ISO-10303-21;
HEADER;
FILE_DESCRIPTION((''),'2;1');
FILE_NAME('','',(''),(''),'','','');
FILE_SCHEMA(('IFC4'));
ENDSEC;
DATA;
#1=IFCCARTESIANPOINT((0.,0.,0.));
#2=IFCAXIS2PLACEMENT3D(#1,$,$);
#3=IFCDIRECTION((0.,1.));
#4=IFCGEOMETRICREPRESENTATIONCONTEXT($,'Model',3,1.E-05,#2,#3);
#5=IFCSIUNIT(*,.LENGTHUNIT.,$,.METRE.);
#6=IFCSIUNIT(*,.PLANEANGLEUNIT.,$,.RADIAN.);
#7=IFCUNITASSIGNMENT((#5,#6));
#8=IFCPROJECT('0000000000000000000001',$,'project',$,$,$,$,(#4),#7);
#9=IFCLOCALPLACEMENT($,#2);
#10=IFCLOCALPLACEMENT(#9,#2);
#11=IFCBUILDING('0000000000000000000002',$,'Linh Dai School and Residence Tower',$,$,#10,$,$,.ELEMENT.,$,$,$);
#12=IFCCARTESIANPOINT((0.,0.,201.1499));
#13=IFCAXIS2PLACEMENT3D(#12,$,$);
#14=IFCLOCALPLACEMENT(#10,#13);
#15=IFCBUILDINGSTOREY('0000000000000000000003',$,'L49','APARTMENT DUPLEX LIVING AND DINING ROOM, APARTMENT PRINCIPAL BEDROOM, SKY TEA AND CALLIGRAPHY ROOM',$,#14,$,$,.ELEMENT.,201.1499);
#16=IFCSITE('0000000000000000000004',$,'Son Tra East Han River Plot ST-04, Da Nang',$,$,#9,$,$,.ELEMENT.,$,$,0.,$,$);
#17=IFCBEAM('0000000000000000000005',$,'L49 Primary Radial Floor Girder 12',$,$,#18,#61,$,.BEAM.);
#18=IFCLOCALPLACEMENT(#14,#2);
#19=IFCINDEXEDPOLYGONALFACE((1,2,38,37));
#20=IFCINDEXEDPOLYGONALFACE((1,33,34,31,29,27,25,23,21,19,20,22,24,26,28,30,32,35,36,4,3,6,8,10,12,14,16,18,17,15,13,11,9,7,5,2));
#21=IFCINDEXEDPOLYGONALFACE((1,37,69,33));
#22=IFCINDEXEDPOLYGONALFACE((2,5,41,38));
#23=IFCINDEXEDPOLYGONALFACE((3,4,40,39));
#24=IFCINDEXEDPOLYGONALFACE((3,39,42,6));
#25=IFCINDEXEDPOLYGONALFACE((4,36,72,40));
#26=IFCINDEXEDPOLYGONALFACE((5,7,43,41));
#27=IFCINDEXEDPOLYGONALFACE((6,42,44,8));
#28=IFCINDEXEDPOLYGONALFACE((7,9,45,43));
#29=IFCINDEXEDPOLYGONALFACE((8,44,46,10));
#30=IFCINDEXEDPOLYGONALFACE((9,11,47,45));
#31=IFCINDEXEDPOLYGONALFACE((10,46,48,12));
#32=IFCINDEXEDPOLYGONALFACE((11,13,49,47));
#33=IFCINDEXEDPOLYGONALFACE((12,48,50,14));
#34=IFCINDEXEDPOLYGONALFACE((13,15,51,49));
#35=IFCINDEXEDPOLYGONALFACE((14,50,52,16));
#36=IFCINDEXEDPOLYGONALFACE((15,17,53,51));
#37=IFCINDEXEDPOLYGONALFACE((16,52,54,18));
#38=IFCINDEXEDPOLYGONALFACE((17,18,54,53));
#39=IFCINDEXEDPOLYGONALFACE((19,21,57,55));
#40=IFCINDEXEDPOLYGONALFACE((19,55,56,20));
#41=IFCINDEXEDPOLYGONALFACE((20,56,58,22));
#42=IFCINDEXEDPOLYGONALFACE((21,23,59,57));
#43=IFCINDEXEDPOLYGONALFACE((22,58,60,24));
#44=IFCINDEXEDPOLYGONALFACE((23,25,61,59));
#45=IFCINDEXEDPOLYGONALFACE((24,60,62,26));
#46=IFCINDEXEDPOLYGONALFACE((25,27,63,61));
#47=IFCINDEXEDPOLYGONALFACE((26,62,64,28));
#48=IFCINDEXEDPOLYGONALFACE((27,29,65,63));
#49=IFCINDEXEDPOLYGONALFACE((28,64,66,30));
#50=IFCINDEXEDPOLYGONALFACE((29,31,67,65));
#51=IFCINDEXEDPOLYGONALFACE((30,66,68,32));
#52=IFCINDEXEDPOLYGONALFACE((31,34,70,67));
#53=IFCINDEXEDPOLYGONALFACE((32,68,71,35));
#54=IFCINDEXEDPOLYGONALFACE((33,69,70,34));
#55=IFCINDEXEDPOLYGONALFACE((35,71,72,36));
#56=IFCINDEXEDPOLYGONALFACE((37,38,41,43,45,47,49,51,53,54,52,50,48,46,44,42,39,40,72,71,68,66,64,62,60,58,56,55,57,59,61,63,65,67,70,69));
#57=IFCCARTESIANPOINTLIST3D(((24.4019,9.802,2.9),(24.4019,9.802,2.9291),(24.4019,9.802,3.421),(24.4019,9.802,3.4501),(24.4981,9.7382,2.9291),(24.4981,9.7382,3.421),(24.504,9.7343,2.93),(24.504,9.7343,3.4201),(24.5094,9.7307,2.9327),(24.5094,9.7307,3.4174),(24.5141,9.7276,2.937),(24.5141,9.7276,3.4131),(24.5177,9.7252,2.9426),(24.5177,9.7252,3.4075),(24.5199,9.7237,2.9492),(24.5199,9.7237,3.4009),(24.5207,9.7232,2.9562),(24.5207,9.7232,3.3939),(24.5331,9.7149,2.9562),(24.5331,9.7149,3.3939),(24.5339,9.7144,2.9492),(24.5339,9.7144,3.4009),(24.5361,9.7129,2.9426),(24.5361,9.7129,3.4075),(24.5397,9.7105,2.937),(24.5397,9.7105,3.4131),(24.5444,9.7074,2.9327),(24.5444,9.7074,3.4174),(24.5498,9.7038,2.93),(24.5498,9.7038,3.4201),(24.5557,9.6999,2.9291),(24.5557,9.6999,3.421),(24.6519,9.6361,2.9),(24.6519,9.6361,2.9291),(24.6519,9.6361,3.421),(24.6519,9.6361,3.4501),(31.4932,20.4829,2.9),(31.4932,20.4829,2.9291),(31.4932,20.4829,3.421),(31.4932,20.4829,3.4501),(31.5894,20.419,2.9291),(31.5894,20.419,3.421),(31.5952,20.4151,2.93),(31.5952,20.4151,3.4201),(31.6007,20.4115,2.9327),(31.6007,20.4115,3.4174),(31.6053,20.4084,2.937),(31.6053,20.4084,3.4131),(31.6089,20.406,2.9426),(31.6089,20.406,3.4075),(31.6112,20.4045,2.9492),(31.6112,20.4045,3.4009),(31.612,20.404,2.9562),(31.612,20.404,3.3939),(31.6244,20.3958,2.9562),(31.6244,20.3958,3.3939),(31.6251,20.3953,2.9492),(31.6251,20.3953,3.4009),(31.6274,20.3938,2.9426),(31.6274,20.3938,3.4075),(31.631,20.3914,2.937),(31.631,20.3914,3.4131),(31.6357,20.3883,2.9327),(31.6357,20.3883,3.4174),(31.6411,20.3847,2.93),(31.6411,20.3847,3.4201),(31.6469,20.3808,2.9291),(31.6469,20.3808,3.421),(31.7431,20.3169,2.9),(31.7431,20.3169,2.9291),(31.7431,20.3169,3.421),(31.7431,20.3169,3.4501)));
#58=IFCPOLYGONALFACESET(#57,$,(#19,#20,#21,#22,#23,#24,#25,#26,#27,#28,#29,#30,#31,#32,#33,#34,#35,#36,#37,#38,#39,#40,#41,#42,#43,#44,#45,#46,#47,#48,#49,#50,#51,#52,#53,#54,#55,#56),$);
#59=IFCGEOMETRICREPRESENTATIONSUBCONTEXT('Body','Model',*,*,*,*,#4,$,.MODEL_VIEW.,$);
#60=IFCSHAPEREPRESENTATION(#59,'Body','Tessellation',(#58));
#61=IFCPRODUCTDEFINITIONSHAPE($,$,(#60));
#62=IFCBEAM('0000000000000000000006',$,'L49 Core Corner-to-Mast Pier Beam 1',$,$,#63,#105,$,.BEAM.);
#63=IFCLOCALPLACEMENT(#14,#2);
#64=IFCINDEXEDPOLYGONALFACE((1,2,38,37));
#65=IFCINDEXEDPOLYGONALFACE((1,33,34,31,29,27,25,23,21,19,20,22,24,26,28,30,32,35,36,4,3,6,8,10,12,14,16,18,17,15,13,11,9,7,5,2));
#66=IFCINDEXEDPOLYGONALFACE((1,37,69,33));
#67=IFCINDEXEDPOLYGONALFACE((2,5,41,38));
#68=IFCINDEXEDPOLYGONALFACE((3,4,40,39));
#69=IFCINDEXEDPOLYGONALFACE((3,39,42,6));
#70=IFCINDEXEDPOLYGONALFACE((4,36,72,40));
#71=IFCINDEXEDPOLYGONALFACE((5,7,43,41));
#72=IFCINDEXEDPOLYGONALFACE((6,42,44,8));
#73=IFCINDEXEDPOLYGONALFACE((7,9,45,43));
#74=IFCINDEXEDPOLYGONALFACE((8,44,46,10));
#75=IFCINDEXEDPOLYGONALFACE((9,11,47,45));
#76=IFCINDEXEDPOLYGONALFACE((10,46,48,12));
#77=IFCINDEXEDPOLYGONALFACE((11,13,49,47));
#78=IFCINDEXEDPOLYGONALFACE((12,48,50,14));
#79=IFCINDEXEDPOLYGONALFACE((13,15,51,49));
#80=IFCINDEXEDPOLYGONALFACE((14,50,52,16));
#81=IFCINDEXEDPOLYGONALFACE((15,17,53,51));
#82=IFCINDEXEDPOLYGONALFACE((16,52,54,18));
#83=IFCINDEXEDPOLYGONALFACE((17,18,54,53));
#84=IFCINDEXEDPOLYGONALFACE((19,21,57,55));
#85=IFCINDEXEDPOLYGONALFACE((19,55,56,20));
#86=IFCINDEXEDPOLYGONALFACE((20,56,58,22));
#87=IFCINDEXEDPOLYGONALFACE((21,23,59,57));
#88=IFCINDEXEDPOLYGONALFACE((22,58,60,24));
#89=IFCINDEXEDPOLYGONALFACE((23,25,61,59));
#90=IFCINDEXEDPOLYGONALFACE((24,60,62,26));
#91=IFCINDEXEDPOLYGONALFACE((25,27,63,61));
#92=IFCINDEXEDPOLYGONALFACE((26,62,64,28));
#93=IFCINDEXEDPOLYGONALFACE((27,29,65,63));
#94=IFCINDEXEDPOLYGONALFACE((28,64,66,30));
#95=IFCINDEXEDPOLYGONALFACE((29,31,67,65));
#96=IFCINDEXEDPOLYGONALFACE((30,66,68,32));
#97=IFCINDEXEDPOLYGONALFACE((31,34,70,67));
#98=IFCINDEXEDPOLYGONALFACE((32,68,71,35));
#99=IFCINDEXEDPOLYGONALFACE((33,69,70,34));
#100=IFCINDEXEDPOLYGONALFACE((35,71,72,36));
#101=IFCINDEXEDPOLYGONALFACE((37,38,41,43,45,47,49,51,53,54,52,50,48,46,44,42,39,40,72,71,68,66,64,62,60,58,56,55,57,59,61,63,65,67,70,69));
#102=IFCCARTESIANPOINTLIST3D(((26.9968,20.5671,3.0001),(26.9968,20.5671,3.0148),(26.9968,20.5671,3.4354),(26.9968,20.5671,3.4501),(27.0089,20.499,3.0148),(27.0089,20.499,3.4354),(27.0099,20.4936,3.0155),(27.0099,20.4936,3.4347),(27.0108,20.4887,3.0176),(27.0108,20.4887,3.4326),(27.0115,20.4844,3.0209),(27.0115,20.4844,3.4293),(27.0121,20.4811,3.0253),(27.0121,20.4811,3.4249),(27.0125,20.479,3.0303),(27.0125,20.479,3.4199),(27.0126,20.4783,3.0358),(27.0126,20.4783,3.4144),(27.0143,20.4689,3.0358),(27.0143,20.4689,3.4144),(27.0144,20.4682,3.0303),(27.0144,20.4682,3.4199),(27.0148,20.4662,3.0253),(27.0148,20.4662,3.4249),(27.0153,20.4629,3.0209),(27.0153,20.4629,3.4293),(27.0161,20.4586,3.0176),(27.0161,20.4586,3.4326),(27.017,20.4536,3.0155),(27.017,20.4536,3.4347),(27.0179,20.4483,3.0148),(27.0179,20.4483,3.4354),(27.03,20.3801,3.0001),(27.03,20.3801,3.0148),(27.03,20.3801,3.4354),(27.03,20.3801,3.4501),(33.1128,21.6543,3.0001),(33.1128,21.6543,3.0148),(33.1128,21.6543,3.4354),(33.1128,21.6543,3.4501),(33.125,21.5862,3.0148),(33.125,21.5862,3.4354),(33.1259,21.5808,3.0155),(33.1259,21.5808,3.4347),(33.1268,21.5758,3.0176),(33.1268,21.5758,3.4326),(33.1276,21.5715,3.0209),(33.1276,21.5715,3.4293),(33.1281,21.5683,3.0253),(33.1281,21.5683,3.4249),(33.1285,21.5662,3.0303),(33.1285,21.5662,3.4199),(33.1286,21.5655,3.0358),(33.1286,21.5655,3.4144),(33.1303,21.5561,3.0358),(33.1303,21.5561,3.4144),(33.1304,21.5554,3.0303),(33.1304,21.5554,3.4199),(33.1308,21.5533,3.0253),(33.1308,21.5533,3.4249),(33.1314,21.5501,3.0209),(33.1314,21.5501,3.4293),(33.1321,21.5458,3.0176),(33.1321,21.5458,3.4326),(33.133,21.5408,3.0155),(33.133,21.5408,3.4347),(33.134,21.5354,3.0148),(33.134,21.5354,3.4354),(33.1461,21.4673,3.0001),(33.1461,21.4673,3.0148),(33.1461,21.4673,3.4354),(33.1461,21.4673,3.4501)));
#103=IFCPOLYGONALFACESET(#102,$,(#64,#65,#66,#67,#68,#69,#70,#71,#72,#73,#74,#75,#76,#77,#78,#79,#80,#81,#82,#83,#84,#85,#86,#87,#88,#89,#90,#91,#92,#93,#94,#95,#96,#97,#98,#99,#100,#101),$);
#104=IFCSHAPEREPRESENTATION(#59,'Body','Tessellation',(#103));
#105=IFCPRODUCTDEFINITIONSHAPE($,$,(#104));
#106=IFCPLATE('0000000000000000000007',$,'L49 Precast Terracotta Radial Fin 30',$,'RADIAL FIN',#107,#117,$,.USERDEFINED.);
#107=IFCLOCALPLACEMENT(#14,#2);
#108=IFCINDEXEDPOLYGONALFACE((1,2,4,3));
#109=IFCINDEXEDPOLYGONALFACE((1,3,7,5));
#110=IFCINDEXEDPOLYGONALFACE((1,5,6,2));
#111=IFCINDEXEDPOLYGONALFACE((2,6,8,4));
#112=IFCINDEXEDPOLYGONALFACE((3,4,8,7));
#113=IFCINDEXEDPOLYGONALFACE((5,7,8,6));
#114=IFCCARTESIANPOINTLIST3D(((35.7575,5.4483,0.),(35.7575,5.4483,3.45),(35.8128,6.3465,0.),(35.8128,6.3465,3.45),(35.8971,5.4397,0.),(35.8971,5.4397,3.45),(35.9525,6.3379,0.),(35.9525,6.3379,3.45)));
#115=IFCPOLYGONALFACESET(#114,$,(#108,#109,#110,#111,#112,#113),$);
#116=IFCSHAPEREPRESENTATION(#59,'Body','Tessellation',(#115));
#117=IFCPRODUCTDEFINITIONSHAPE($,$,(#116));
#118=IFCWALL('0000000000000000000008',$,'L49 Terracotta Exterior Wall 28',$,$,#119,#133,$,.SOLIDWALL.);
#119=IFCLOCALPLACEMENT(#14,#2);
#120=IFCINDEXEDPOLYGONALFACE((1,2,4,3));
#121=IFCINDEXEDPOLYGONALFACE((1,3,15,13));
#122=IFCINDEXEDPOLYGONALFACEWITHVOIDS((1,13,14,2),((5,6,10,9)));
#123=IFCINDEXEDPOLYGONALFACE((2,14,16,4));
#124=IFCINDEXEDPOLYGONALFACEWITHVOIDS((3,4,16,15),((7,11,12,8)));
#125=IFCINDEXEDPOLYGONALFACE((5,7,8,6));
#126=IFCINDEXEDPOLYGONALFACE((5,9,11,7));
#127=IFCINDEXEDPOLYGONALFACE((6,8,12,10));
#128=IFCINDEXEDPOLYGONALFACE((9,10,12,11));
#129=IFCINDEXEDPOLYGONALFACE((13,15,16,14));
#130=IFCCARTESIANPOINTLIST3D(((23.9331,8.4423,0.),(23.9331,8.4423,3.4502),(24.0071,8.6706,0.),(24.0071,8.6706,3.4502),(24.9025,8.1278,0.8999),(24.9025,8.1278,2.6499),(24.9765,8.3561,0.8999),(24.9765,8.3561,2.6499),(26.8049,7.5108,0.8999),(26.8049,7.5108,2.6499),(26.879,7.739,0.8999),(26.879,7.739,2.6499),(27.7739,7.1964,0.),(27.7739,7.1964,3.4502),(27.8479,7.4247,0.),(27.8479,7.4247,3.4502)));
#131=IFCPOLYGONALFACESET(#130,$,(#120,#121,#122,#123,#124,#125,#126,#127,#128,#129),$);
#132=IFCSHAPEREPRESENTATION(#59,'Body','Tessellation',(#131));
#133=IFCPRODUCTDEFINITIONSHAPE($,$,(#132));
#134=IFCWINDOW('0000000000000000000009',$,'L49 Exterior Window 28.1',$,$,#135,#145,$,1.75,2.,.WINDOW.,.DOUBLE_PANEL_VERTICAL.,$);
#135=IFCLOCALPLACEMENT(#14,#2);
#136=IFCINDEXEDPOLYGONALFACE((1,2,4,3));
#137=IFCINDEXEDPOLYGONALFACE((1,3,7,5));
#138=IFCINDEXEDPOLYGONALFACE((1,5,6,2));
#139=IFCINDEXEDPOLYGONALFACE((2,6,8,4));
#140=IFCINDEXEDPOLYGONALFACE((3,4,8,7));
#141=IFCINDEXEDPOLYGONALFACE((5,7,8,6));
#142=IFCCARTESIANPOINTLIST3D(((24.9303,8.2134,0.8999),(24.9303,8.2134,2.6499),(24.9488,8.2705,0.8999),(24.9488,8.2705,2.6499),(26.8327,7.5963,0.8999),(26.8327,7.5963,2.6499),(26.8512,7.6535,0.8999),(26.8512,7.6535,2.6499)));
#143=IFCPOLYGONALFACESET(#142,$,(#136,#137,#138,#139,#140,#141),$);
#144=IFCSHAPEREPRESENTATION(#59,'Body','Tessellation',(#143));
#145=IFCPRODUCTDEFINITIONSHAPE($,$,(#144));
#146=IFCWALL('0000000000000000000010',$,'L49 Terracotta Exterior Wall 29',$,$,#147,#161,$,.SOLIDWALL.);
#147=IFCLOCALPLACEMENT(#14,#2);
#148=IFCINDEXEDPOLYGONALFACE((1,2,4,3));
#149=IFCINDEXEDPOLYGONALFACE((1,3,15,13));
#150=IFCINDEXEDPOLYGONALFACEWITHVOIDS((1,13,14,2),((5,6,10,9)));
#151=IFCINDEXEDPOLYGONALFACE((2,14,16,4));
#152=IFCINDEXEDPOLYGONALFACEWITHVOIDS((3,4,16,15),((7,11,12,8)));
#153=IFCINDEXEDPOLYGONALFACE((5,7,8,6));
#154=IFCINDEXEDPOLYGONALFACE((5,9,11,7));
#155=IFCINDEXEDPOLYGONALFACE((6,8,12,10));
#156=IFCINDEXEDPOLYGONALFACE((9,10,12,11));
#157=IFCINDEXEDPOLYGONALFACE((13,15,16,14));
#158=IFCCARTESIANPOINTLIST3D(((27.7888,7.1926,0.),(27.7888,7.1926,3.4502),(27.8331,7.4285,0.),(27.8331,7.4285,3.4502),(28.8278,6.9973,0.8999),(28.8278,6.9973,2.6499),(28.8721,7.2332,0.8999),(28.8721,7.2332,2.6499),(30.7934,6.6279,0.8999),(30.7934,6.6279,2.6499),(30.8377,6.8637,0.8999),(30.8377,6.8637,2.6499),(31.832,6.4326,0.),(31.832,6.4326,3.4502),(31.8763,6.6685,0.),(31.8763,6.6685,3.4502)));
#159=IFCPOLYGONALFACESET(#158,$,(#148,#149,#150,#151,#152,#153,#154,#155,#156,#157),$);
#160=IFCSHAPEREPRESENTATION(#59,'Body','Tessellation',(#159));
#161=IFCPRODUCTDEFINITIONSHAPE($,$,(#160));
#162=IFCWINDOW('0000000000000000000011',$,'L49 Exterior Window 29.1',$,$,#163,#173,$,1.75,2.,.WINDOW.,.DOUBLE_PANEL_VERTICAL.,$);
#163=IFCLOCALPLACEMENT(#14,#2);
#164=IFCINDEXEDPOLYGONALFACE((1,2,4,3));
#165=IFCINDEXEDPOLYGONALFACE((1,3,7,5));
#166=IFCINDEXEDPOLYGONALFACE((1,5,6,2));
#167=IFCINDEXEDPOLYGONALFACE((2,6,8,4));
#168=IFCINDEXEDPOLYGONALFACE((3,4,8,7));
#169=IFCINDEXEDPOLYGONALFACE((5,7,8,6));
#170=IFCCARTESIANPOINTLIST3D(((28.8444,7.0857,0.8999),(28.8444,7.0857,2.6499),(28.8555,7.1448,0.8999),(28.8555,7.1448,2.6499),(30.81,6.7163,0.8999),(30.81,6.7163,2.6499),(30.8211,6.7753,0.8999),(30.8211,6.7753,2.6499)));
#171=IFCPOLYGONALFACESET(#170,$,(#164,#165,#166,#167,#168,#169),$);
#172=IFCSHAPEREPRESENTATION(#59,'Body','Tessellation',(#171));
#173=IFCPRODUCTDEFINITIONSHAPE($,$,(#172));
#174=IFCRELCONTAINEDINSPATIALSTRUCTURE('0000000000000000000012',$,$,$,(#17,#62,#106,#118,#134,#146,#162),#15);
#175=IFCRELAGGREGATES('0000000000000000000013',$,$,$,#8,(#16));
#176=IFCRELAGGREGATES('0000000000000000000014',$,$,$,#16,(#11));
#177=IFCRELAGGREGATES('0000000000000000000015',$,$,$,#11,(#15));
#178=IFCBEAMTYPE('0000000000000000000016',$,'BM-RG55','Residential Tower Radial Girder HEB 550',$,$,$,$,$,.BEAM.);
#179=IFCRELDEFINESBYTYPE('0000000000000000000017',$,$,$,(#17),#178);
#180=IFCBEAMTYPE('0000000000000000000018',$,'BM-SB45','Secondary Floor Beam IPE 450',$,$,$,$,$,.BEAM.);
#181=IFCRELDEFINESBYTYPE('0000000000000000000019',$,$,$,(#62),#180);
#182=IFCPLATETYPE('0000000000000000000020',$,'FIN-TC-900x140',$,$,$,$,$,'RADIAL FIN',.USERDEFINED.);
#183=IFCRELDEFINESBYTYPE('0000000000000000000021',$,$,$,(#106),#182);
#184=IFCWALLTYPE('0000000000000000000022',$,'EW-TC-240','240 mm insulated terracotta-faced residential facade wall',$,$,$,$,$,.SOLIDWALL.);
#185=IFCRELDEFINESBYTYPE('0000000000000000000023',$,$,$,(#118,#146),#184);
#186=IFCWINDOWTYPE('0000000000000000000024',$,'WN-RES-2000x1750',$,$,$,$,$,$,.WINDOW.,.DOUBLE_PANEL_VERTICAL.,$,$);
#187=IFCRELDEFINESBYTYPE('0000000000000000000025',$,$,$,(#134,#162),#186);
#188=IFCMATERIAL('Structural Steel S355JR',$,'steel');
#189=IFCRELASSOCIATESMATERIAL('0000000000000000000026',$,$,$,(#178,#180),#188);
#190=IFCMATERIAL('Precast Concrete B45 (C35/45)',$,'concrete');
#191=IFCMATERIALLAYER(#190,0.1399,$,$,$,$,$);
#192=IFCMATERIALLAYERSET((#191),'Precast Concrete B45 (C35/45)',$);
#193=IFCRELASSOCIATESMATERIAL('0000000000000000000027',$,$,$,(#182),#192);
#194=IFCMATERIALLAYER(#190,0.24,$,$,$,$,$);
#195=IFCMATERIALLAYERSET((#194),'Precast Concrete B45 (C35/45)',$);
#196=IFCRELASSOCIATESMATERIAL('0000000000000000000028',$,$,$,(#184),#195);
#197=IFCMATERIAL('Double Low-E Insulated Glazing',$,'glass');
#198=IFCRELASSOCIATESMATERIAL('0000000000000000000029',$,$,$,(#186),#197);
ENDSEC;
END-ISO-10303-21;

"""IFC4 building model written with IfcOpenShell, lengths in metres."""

from ifc_helpers import new_model, si_unit, direction, frame, frame_2d, origin, origin_2d, place, context, subcontext, project, spatial, rectangle, i_section, extrude, source, transform, mapped, material, layer, layer_set, material_profile, profile_set, type_object, element, fill, save


model = new_model("IFC4")

# Units and contexts
model_context = context("Model", 3, precision=1e-05, world=origin(), true_north=direction((0.0, 1.0)))
body_context = subcontext(model_context, "Body", "Model", "MODEL_VIEW")
ifc_project = project(units=[si_unit("LENGTHUNIT", "METRE"), si_unit("PLANEANGLEUNIT", "RADIAN")], contexts=[model_context])

# Site, building, storey
site_placement = place(None, origin())
site = spatial("IfcSite", under=ifc_project, at=site_placement, Name="Son Tra East Han River Plot ST-04, Da Nang", CompositionType="ELEMENT", RefElevation=0.0)
building_placement = place(site_placement, origin())
building = spatial("IfcBuilding", under=site, at=building_placement, Name="Linh Dai School and Residence Tower", CompositionType="ELEMENT")
storey_placement = place(building_placement, frame((0.0, 0.0, 201.1499)))
storey = spatial("IfcBuildingStorey", under=building, at=storey_placement, Name="L49", Description="APARTMENT DUPLEX LIVING AND DINING ROOM, APARTMENT PRINCIPAL BEDROOM, SKY TEA AND CALLIGRAPHY ROOM", CompositionType="ELEMENT", Elevation=201.1499)

# Beams
ifc_material_1 = material(Name="Structural Steel S355JR", Category="steel")
ifc_material_profile_1 = material_profile(ifc_material_1, i_section(OverallWidth=0.3, OverallDepth=0.55, WebThickness=0.0149, FlangeThickness=0.0291, FilletRadius=0.0271, at=origin_2d()), Name="HEB 550")
ifc_profile_set_1 = profile_set([ifc_material_profile_1], Name="Structural Steel S355JR")
beam_type_1 = type_object("IfcBeamType", Name="BM-RG55", Description="Residential Tower Radial Girder HEB 550", PredefinedType="BEAM", material=ifc_profile_set_1)
beam_1_placement = place(storey_placement, frame((31.6182, 20.3999, 3.175), z_axis=(-0.553117, -0.833103, 0.0), x_axis=(0.833103, -0.553117, 0.0)))
element("IfcBeam", 1, at=beam_1_placement, inside=storey, type_object=beam_type_1, Name="L49 Primary Radial Floor Girder 12", PredefinedType="BEAM", context=body_context, shape_type="SweptSolid", body=[
    extrude(i_section(OverallWidth=0.3, OverallDepth=0.55, WebThickness=0.0149, FlangeThickness=0.0291, FilletRadius=0.0271, at=origin_2d()), origin(), (0.0, 0.0, 1.0), 12.8206),
])
ifc_material_profile_2 = material_profile(ifc_material_1, i_section(OverallWidth=0.1899, OverallDepth=0.45, WebThickness=0.0095, FlangeThickness=0.0146, FilletRadius=0.021, at=origin_2d()), Name="IPE 450")
ifc_profile_set_2 = profile_set([ifc_material_profile_2], Name="Structural Steel S355JR")
beam_type_2 = type_object("IfcBeamType", Name="BM-SB45", Description="Secondary Floor Beam IPE 450", PredefinedType="BEAM", material=ifc_profile_set_2)
beam_2_placement = place(storey_placement, frame((27.0134, 20.4736, 3.2251), z_axis=(0.984566, 0.175014, 0.0), x_axis=(-0.175014, 0.984566, 0.0)))
element("IfcBeam", 2, at=beam_2_placement, inside=storey, type_object=beam_type_2, Name="L49 Core Corner-to-Mast Pier Beam 1", PredefinedType="BEAM", context=body_context, shape_type="SweptSolid", body=[
    extrude(i_section(OverallWidth=0.1899, OverallDepth=0.45, WebThickness=0.0095, FlangeThickness=0.0146, FilletRadius=0.021, at=origin_2d()), origin(), (0.0, 0.0, 1.0), 6.2119),
])

# Plate
ifc_material_2 = material(Name="Precast Concrete B45 (C35/45)", Category="concrete")
ifc_layer_1 = layer(ifc_material_2, 0.1399)
ifc_layer_set_1 = layer_set([ifc_layer_1], Name="Precast Concrete B45 (C35/45)")
plate_type = type_object("IfcPlateType", Name="FIN-TC-900x140", ElementType="RADIAL FIN", PredefinedType="USERDEFINED", material=ifc_layer_set_1)
shared_shape_1 = source(origin(), body_context, "Body", "SweptSolid", [
    extrude(rectangle(XDim=0.8999, YDim=0.1399, at=origin_2d()), origin(), (0.0, 0.0, 1.0), 3.45),
])
plate_placement = place(storey_placement, frame((35.855, 5.8931, 0.0), z_axis=(0.0, 0.0, 1.0), x_axis=(-0.061512, -0.998106, 0.0)))
element("IfcPlate", 3, at=plate_placement, inside=storey, type_object=plate_type, Name="L49 Precast Terracotta Radial Fin 30", ObjectType="RADIAL FIN", PredefinedType="USERDEFINED", context=body_context, shape_type="MappedRepresentation", body=[
    mapped(shared_shape_1, transform((0.0, 0.0, 0.0), x_axis=(1.0, 0.0, 0.0), y_axis=(0.0, 1.0, 0.0), z_axis=(0.0, 0.0, 1.0), scale=1.0)),
])

# Walls, openings, windows
ifc_layer_2 = layer(ifc_material_2, 0.24)
ifc_layer_set_2 = layer_set([ifc_layer_2], Name="Precast Concrete B45 (C35/45)")
wall_type_1 = type_object("IfcWallType", Name="EW-TC-240", Description="240 mm insulated terracotta-faced residential facade wall", PredefinedType="SOLIDWALL", material=ifc_layer_set_2)
wall_1_placement = place(storey_placement, frame((27.811, 7.3105, 0.0), z_axis=(0.0, 0.0, 1.0), x_axis=(-0.95121, 0.308545, 0.0)))
wall_1 = element("IfcWall", 4, at=wall_1_placement, inside=storey, type_object=wall_type_1, Name="L49 Terracotta Exterior Wall 28", PredefinedType="SOLIDWALL", context=body_context, shape_type="SweptSolid", body=[
    extrude(rectangle(XDim=4.0378, YDim=0.24, at=frame_2d((2.019, 0.0))), origin(), (0.0, 0.0, 1.0), 3.4502),
])
opening_1_placement = place(wall_1_placement, frame((1.0188, 0.0, 0.8999)))
opening_1 = element("IfcOpeningElement", 5, at=opening_1_placement, cuts=wall_1, PredefinedType="OPENING", context=body_context, shape_type="SweptSolid", body=[
    extrude(rectangle(XDim=2.0, YDim=1.75, at=origin_2d()), frame((1.0, 0.1299, 0.875), z_axis=(0.0, -1.0, 0.0), x_axis=(1.0, 0.0, 0.0)), (0.0, 0.0, 1.0), 0.26),
])
ifc_material_3 = material(Name="Double Low-E Insulated Glazing", Category="glass")
window_type = type_object("IfcWindowType", Name="WN-RES-2000x1750", PartitioningType="DOUBLE_PANEL_VERTICAL", PredefinedType="WINDOW", material=ifc_material_3)
shared_shape_2 = source(origin(), body_context, "Body", "SweptSolid", [
    extrude(rectangle(XDim=2.0, YDim=1.75, at=origin_2d()), frame((1.0, 0.03, 0.875), z_axis=(0.0, -1.0, 0.0), x_axis=(1.0, 0.0, 0.0)), (0.0, 0.0, 1.0), 0.0601),
])
window_1_placement = place(opening_1_placement, origin())
window_1 = element("IfcWindow", 6, at=window_1_placement, inside=storey, type_object=window_type, Name="L49 Exterior Window 28.1", OverallHeight=1.75, OverallWidth=2.0, PartitioningType="DOUBLE_PANEL_VERTICAL", PredefinedType="WINDOW", context=body_context, shape_type="MappedRepresentation", body=[
    mapped(shared_shape_2, transform((0.0, 0.0, 0.0), x_axis=(1.0, 0.0, 0.0), y_axis=(0.0, 1.0, 0.0), z_axis=(0.0, 0.0, 1.0), scale=1.0)),
])
fill(opening_1, window_1)
wall_2_placement = place(storey_placement, frame((31.8542, 6.5505, 0.0), z_axis=(0.0, 0.0, 1.0), x_axis=(-0.982788, 0.184736, 0.0)))
wall_2 = element("IfcWall", 7, at=wall_2_placement, inside=storey, type_object=wall_type_1, Name="L49 Terracotta Exterior Wall 29", PredefinedType="SOLIDWALL", context=body_context, shape_type="SweptSolid", body=[
    extrude(rectangle(XDim=4.114, YDim=0.24, at=frame_2d((2.0571, 0.0))), origin(), (0.0, 0.0, 1.0), 3.4502),
])
opening_2_placement = place(wall_2_placement, frame((1.0569, 0.0, 0.8999)))
opening_2 = element("IfcOpeningElement", 8, at=opening_2_placement, cuts=wall_2, PredefinedType="OPENING", context=body_context, shape_type="SweptSolid", body=[
    extrude(rectangle(XDim=2.0, YDim=1.75, at=origin_2d()), frame((1.0, 0.1299, 0.875), z_axis=(0.0, -1.0, 0.0), x_axis=(1.0, 0.0, 0.0)), (0.0, 0.0, 1.0), 0.26),
])
window_2_placement = place(opening_2_placement, origin())
window_2 = element("IfcWindow", 9, at=window_2_placement, inside=storey, type_object=window_type, Name="L49 Exterior Window 29.1", OverallHeight=1.75, OverallWidth=2.0, PartitioningType="DOUBLE_PANEL_VERTICAL", PredefinedType="WINDOW", context=body_context, shape_type="MappedRepresentation", body=[
    mapped(shared_shape_2, transform((0.0, 0.0, 0.0), x_axis=(1.0, 0.0, 0.0), y_axis=(0.0, 1.0, 0.0), z_axis=(0.0, 0.0, 1.0), scale=1.0)),
])
fill(opening_2, window_2)

save(model, "model.ifc")
